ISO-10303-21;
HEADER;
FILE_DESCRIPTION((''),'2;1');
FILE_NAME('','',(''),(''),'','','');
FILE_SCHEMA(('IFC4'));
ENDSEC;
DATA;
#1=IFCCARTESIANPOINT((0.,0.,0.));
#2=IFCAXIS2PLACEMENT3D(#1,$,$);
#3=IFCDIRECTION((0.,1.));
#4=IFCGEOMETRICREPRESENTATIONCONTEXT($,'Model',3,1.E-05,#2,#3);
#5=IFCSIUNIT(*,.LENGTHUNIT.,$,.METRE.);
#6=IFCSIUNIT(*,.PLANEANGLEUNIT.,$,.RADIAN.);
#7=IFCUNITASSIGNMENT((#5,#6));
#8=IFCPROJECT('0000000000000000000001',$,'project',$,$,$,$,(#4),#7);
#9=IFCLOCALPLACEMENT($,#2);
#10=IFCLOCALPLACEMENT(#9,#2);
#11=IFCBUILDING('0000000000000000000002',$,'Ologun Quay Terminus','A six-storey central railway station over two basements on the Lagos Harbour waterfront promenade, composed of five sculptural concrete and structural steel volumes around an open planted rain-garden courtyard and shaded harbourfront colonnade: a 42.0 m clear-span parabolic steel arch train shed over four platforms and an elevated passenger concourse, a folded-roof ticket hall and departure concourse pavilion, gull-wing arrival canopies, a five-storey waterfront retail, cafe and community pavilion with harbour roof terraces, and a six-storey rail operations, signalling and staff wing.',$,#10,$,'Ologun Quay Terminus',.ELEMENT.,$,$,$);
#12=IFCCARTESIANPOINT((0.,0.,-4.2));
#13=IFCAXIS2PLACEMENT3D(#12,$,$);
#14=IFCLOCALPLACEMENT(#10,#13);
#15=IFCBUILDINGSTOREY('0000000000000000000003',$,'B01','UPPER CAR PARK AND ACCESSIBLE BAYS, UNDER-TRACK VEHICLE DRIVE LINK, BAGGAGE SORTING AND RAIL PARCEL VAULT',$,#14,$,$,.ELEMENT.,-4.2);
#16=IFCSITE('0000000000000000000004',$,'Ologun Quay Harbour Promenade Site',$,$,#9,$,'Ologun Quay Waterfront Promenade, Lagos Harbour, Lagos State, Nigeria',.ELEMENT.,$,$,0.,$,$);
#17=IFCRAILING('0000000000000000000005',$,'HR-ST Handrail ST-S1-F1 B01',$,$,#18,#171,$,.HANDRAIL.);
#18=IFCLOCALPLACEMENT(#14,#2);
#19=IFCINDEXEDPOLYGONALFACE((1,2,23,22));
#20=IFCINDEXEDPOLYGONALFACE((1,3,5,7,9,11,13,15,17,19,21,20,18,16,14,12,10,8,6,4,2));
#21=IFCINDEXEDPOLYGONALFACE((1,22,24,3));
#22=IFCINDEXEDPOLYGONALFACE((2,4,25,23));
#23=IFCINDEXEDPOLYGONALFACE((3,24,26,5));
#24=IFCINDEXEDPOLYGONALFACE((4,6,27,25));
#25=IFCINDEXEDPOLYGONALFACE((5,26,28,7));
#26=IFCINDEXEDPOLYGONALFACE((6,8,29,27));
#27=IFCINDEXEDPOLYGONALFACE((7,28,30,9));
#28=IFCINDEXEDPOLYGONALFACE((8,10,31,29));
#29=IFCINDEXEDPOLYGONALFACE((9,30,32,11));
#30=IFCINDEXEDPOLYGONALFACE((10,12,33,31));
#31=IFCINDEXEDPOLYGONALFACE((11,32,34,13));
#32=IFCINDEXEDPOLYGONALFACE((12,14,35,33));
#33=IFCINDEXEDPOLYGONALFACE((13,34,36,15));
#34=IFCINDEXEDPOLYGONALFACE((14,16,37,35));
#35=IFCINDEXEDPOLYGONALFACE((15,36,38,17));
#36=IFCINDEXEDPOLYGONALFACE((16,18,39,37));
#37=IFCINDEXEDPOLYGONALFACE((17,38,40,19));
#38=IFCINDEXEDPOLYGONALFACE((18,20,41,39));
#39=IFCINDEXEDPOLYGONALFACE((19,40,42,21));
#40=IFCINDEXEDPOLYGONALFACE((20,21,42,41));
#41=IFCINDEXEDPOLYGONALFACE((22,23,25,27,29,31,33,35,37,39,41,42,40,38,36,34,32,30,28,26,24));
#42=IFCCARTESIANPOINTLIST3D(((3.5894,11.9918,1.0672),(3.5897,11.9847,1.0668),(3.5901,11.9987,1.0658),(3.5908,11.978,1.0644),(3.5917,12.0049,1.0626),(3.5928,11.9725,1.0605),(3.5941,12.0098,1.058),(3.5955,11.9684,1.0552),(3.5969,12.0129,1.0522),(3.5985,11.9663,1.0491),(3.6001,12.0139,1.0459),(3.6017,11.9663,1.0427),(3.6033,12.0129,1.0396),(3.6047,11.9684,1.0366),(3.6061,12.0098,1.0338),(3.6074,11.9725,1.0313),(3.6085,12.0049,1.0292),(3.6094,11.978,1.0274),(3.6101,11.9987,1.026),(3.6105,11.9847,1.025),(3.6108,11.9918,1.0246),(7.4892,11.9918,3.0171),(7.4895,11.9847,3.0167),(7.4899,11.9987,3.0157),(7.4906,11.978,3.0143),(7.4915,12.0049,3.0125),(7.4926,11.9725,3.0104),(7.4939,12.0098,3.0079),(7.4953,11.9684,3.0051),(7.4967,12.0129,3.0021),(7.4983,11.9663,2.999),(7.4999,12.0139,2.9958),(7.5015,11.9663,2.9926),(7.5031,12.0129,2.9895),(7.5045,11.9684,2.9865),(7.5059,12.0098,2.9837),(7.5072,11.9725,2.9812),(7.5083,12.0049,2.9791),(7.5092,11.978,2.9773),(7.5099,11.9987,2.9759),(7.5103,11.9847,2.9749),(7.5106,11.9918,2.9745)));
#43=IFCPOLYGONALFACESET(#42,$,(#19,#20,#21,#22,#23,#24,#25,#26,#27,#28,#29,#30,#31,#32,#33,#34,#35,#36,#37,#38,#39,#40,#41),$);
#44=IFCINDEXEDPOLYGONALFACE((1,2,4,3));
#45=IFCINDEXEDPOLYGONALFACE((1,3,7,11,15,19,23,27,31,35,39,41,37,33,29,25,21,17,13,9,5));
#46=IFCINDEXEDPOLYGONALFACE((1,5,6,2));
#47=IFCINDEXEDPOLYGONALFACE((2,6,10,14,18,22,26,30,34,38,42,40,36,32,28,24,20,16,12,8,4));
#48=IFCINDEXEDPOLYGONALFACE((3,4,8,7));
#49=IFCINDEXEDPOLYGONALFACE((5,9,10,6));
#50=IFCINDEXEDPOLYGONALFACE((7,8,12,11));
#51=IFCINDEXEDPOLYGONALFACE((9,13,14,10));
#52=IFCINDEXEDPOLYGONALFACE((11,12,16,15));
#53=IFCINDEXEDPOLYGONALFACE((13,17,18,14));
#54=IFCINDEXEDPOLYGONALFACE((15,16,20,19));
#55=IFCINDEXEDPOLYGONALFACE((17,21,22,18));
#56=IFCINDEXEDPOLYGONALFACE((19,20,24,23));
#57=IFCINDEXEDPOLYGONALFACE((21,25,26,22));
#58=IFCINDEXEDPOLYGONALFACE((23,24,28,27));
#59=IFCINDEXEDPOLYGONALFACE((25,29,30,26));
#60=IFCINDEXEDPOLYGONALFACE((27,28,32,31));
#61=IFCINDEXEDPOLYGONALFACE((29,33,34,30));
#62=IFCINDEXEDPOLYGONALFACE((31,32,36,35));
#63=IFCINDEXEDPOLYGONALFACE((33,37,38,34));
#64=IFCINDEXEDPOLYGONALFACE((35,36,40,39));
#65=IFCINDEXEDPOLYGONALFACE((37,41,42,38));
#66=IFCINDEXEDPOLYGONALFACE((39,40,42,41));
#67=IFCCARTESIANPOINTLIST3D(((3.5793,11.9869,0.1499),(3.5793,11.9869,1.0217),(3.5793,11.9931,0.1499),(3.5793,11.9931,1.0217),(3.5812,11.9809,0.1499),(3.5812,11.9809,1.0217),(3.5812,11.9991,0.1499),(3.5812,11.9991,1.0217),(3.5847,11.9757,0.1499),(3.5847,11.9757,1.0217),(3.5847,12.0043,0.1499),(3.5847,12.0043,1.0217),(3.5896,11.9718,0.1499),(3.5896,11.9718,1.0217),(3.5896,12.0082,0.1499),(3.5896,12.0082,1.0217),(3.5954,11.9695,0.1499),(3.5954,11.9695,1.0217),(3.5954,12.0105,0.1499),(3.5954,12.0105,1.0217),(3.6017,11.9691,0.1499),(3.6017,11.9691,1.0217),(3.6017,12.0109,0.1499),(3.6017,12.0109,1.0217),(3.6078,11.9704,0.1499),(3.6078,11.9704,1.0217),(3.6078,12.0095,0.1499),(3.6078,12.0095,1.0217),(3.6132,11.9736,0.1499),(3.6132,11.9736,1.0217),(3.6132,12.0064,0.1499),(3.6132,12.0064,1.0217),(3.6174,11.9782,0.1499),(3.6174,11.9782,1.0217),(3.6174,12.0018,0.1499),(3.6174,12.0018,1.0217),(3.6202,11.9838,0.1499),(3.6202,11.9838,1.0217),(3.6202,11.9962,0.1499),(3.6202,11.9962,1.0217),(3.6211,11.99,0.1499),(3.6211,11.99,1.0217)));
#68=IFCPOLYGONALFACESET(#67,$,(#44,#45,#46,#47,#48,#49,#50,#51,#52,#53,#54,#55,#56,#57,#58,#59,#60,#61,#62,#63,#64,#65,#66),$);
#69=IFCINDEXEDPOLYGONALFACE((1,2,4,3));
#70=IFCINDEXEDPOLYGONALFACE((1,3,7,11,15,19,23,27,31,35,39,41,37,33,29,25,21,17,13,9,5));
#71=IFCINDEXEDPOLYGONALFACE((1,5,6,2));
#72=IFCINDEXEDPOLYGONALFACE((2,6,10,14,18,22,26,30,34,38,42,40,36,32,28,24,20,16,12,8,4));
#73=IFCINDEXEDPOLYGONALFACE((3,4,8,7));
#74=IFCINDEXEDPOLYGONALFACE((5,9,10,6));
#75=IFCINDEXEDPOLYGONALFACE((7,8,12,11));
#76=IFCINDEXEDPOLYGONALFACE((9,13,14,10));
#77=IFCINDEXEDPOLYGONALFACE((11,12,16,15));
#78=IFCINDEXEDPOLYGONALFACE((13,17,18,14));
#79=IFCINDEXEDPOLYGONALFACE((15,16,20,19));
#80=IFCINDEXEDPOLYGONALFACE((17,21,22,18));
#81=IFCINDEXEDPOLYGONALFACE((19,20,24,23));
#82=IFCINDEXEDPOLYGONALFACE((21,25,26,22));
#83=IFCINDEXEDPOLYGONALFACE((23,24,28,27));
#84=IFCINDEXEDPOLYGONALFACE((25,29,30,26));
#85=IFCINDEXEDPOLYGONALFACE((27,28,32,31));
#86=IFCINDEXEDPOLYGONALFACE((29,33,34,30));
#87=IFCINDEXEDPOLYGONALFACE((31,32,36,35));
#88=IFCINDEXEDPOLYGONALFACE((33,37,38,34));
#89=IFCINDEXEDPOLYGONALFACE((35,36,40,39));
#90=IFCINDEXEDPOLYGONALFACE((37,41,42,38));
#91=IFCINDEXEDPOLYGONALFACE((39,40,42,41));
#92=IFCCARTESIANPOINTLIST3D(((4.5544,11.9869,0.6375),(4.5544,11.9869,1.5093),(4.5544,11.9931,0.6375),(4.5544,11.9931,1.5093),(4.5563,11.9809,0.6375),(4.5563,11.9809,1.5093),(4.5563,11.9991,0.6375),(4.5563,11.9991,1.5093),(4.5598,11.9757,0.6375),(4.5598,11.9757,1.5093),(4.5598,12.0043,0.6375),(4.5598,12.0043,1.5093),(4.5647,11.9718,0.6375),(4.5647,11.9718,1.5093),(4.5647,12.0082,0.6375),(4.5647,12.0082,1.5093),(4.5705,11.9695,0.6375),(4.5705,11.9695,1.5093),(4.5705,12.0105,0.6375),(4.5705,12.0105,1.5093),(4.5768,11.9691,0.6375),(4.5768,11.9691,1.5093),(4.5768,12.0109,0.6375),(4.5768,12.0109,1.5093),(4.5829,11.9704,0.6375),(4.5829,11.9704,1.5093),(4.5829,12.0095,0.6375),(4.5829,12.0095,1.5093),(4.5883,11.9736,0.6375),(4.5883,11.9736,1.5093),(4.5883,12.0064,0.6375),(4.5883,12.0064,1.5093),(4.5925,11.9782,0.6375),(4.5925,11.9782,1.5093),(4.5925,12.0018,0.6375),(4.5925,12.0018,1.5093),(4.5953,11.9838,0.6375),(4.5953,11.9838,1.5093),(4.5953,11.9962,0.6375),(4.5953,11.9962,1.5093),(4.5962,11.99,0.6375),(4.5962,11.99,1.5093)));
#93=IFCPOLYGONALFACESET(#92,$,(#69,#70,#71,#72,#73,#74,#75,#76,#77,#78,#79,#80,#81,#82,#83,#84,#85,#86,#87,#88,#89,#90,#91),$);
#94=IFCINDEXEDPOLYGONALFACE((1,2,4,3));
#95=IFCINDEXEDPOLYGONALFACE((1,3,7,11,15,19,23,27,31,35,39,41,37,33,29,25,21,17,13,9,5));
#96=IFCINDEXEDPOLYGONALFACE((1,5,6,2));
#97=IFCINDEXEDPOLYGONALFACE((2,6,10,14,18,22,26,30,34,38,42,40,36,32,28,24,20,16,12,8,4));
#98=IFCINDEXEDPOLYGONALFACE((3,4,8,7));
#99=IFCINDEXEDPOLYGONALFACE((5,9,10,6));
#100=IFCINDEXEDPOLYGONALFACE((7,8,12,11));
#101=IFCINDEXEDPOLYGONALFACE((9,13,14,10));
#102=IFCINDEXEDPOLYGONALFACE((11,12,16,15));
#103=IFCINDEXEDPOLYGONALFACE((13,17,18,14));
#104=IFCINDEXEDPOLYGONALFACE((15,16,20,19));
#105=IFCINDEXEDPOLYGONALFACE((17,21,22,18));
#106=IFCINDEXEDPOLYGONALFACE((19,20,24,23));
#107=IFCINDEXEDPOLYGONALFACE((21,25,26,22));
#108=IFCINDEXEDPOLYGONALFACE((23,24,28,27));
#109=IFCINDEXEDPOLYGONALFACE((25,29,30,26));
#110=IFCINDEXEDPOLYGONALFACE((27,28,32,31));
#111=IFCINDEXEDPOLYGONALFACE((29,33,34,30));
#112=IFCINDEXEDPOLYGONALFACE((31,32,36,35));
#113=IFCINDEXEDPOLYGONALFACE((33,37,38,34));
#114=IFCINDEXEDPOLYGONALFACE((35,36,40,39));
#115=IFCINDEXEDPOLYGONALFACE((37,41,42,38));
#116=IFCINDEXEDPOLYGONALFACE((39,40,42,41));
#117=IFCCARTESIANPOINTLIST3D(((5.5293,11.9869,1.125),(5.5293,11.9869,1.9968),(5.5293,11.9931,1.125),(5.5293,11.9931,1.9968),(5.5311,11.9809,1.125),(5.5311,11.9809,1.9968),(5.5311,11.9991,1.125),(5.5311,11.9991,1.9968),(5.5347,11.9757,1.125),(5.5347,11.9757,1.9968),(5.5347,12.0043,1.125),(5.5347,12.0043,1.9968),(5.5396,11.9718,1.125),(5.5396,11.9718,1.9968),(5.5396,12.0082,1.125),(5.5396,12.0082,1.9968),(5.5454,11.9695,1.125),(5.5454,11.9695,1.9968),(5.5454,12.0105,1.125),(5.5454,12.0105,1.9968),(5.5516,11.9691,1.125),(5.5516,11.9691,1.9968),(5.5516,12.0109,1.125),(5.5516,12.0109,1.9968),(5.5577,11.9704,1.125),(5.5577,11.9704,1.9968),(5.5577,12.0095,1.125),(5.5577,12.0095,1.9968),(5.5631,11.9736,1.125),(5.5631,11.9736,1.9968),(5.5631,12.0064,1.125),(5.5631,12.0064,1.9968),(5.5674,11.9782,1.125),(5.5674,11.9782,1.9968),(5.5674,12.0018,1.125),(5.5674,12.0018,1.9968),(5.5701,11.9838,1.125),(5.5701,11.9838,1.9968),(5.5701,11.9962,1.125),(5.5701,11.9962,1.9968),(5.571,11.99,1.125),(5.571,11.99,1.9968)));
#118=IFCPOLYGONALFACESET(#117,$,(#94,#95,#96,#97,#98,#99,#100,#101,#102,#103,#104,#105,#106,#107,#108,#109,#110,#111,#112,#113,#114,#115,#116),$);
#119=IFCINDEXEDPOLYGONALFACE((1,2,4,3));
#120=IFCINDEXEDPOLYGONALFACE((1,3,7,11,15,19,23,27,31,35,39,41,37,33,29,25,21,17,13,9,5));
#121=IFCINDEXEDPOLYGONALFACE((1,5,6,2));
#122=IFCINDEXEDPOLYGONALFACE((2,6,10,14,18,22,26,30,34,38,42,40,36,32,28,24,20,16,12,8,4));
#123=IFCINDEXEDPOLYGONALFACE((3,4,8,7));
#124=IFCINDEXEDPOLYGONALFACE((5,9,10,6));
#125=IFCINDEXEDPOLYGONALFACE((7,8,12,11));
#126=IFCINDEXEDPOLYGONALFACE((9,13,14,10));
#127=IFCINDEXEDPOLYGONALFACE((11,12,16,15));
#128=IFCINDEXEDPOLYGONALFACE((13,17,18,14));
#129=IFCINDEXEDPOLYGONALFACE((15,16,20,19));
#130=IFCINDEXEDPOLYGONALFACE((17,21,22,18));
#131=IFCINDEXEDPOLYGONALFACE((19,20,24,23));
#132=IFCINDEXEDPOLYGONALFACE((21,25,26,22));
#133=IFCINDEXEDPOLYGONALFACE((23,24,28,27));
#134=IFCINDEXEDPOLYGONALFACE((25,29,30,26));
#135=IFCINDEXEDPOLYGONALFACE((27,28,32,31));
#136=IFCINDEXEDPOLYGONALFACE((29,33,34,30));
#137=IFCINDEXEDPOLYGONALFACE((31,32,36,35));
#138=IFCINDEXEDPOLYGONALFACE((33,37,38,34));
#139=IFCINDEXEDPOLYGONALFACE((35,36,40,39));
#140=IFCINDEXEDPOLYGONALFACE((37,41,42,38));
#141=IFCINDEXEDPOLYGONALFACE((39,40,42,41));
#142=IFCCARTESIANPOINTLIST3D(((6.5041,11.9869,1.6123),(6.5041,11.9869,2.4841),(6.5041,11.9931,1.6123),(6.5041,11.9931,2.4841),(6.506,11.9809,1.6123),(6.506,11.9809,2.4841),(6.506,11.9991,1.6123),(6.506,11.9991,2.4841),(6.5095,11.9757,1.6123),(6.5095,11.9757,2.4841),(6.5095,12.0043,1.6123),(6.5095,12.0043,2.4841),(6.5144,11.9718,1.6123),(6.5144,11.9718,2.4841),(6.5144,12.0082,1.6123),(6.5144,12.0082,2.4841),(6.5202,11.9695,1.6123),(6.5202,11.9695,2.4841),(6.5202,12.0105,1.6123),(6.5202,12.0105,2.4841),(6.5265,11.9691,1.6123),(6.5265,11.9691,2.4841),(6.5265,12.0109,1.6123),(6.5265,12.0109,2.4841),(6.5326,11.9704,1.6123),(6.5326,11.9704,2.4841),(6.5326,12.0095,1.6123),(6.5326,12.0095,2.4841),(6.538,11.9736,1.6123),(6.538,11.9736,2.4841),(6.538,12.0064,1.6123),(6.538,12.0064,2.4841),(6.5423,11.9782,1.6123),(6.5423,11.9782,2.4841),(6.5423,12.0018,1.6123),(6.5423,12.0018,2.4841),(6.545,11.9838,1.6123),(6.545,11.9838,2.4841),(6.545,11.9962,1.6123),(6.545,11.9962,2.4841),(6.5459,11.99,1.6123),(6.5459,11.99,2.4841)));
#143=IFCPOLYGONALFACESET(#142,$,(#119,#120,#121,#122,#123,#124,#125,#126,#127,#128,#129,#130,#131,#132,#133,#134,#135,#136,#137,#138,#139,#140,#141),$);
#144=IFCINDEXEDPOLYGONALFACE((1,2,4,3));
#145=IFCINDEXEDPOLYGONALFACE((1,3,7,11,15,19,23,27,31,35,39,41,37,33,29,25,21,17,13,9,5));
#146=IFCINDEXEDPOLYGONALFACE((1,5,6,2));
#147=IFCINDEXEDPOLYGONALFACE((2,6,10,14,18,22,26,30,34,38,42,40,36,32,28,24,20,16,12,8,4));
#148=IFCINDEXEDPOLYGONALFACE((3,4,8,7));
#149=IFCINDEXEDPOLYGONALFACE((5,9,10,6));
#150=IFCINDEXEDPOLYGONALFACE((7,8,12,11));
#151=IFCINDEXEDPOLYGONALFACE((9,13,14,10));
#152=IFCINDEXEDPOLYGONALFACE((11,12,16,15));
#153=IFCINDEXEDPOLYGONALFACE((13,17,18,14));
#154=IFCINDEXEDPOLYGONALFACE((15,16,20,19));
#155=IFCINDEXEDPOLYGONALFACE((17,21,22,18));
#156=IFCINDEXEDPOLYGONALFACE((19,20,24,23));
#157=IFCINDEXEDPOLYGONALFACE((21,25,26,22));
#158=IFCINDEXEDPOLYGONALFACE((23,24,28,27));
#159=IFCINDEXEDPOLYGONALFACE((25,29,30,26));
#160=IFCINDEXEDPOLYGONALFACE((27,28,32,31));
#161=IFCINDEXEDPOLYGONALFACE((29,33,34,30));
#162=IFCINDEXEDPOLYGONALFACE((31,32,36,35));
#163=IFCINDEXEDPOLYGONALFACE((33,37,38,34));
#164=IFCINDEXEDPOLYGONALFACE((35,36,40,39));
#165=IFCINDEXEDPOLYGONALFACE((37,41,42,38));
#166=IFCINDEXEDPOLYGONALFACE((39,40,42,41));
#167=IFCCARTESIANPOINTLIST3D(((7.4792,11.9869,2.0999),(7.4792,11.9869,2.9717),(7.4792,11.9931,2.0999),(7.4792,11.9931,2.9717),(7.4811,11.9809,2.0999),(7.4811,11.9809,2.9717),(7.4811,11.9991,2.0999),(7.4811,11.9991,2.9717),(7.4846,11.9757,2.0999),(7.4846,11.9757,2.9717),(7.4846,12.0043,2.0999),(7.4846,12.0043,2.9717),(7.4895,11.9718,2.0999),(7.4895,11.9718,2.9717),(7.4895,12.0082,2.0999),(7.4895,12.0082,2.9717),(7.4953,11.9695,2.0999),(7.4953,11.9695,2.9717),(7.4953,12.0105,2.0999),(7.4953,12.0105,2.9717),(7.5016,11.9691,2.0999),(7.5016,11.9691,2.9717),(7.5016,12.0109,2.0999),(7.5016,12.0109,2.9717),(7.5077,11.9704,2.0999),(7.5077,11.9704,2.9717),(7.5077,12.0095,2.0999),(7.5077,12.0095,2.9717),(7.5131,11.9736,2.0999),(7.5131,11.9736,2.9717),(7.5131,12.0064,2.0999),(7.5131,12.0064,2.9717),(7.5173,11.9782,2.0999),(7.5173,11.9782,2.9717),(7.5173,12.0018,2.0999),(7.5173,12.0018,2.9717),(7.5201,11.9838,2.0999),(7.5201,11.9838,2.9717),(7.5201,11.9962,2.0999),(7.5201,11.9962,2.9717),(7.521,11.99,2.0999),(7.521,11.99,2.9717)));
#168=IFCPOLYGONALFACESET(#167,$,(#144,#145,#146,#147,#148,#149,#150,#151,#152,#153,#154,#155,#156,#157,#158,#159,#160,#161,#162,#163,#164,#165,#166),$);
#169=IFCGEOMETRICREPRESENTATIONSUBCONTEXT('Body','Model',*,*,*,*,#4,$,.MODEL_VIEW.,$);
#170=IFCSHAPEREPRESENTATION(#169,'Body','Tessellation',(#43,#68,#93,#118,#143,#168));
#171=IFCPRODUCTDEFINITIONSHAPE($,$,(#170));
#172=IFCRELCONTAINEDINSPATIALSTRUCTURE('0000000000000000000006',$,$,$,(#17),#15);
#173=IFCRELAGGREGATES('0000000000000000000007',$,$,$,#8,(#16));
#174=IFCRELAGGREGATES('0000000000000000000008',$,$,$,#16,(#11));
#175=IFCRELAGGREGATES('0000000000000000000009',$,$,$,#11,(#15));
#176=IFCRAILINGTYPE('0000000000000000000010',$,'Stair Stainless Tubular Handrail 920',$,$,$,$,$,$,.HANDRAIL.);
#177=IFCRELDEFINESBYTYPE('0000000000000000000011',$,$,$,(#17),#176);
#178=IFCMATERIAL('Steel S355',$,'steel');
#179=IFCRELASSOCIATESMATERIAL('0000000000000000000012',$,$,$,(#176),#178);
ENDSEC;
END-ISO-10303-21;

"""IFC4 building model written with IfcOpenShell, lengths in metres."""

from ifc_helpers import new_model, si_unit, direction, frame, origin, origin_2d, place, context, subcontext, project, spatial, circle, extrude, material, type_object, element, save


model = new_model("IFC4")

# Units and contexts
model_context = context("Model", 3, precision=1e-05, world=origin(), true_north=direction((0.0, 1.0)))
body_context = subcontext(model_context, "Body", "Model", "MODEL_VIEW")
ifc_project = project(units=[si_unit("LENGTHUNIT", "METRE"), si_unit("PLANEANGLEUNIT", "RADIAN")], contexts=[model_context])

# Site, building, storey
site_placement = place(None, origin())
site = spatial("IfcSite", under=ifc_project, at=site_placement, Name="Ologun Quay Harbour Promenade Site", LongName="Ologun Quay Waterfront Promenade, Lagos Harbour, Lagos State, Nigeria", CompositionType="ELEMENT", RefElevation=0.0)
building_placement = place(site_placement, origin())
building = spatial("IfcBuilding", under=site, at=building_placement, Name="Ologun Quay Terminus", Description="A six-storey central railway station over two basements on the Lagos Harbour waterfront promenade, composed of five sculptural concrete and structural steel volumes around an open planted rain-garden courtyard and shaded harbourfront colonnade: a 42.0 m clear-span parabolic steel arch train shed over four platforms and an elevated passenger concourse, a folded-roof ticket hall and departure concourse pavilion, gull-wing arrival canopies, a five-storey waterfront retail, cafe and community pavilion with harbour roof terraces, and a six-storey rail operations, signalling and staff wing.", LongName="Ologun Quay Terminus", CompositionType="ELEMENT")
storey_placement = place(building_placement, frame((0.0, 0.0, -4.2)))
storey = spatial("IfcBuildingStorey", under=building, at=storey_placement, Name="B01", Description="UPPER CAR PARK AND ACCESSIBLE BAYS, UNDER-TRACK VEHICLE DRIVE LINK, BAGGAGE SORTING AND RAIL PARCEL VAULT", CompositionType="ELEMENT", Elevation=-4.2)

# Railing
ifc_material_1 = material(Name="Steel S355", Category="steel")
railing_type_1 = type_object("IfcRailingType", Name="Stair Stainless Tubular Handrail 920", PredefinedType="HANDRAIL", material=ifc_material_1)
railing_1_placement = place(storey_placement, frame((3.6001, 11.99, 0.1499)))
element("IfcRailing", 1, at=railing_1_placement, inside=storey, type_object=railing_type_1, Name="HR-ST Handrail ST-S1-F1 B01", PredefinedType="HANDRAIL", context=body_context, shape_type="SweptSolid", body=[
    extrude(circle(Radius=0.0239, at=origin_2d()), frame((0.0, 0.0, 0.896), z_axis=(0.894427, 0.0, 0.447214), x_axis=(0.0, 1.0, 0.0)), (0.0, 0.0, 1.0), 4.3601),
    extrude(circle(Radius=0.021, at=origin_2d()), origin(), (0.0, 0.0, 1.0), 0.8718),
    extrude(circle(Radius=0.021, at=origin_2d()), frame((0.9751, 0.0, 0.4875)), (0.0, 0.0, 1.0), 0.8718),
    extrude(circle(Radius=0.021, at=origin_2d()), frame((1.95, 0.0, 0.9751)), (0.0, 0.0, 1.0), 0.8718),
    extrude(circle(Radius=0.021, at=origin_2d()), frame((2.9248, 0.0, 1.4624)), (0.0, 0.0, 1.0), 0.8718),
    extrude(circle(Radius=0.021, at=origin_2d()), frame((3.8999, 0.0, 1.95)), (0.0, 0.0, 1.0), 0.8718),
])

save(model, "model.ifc")
